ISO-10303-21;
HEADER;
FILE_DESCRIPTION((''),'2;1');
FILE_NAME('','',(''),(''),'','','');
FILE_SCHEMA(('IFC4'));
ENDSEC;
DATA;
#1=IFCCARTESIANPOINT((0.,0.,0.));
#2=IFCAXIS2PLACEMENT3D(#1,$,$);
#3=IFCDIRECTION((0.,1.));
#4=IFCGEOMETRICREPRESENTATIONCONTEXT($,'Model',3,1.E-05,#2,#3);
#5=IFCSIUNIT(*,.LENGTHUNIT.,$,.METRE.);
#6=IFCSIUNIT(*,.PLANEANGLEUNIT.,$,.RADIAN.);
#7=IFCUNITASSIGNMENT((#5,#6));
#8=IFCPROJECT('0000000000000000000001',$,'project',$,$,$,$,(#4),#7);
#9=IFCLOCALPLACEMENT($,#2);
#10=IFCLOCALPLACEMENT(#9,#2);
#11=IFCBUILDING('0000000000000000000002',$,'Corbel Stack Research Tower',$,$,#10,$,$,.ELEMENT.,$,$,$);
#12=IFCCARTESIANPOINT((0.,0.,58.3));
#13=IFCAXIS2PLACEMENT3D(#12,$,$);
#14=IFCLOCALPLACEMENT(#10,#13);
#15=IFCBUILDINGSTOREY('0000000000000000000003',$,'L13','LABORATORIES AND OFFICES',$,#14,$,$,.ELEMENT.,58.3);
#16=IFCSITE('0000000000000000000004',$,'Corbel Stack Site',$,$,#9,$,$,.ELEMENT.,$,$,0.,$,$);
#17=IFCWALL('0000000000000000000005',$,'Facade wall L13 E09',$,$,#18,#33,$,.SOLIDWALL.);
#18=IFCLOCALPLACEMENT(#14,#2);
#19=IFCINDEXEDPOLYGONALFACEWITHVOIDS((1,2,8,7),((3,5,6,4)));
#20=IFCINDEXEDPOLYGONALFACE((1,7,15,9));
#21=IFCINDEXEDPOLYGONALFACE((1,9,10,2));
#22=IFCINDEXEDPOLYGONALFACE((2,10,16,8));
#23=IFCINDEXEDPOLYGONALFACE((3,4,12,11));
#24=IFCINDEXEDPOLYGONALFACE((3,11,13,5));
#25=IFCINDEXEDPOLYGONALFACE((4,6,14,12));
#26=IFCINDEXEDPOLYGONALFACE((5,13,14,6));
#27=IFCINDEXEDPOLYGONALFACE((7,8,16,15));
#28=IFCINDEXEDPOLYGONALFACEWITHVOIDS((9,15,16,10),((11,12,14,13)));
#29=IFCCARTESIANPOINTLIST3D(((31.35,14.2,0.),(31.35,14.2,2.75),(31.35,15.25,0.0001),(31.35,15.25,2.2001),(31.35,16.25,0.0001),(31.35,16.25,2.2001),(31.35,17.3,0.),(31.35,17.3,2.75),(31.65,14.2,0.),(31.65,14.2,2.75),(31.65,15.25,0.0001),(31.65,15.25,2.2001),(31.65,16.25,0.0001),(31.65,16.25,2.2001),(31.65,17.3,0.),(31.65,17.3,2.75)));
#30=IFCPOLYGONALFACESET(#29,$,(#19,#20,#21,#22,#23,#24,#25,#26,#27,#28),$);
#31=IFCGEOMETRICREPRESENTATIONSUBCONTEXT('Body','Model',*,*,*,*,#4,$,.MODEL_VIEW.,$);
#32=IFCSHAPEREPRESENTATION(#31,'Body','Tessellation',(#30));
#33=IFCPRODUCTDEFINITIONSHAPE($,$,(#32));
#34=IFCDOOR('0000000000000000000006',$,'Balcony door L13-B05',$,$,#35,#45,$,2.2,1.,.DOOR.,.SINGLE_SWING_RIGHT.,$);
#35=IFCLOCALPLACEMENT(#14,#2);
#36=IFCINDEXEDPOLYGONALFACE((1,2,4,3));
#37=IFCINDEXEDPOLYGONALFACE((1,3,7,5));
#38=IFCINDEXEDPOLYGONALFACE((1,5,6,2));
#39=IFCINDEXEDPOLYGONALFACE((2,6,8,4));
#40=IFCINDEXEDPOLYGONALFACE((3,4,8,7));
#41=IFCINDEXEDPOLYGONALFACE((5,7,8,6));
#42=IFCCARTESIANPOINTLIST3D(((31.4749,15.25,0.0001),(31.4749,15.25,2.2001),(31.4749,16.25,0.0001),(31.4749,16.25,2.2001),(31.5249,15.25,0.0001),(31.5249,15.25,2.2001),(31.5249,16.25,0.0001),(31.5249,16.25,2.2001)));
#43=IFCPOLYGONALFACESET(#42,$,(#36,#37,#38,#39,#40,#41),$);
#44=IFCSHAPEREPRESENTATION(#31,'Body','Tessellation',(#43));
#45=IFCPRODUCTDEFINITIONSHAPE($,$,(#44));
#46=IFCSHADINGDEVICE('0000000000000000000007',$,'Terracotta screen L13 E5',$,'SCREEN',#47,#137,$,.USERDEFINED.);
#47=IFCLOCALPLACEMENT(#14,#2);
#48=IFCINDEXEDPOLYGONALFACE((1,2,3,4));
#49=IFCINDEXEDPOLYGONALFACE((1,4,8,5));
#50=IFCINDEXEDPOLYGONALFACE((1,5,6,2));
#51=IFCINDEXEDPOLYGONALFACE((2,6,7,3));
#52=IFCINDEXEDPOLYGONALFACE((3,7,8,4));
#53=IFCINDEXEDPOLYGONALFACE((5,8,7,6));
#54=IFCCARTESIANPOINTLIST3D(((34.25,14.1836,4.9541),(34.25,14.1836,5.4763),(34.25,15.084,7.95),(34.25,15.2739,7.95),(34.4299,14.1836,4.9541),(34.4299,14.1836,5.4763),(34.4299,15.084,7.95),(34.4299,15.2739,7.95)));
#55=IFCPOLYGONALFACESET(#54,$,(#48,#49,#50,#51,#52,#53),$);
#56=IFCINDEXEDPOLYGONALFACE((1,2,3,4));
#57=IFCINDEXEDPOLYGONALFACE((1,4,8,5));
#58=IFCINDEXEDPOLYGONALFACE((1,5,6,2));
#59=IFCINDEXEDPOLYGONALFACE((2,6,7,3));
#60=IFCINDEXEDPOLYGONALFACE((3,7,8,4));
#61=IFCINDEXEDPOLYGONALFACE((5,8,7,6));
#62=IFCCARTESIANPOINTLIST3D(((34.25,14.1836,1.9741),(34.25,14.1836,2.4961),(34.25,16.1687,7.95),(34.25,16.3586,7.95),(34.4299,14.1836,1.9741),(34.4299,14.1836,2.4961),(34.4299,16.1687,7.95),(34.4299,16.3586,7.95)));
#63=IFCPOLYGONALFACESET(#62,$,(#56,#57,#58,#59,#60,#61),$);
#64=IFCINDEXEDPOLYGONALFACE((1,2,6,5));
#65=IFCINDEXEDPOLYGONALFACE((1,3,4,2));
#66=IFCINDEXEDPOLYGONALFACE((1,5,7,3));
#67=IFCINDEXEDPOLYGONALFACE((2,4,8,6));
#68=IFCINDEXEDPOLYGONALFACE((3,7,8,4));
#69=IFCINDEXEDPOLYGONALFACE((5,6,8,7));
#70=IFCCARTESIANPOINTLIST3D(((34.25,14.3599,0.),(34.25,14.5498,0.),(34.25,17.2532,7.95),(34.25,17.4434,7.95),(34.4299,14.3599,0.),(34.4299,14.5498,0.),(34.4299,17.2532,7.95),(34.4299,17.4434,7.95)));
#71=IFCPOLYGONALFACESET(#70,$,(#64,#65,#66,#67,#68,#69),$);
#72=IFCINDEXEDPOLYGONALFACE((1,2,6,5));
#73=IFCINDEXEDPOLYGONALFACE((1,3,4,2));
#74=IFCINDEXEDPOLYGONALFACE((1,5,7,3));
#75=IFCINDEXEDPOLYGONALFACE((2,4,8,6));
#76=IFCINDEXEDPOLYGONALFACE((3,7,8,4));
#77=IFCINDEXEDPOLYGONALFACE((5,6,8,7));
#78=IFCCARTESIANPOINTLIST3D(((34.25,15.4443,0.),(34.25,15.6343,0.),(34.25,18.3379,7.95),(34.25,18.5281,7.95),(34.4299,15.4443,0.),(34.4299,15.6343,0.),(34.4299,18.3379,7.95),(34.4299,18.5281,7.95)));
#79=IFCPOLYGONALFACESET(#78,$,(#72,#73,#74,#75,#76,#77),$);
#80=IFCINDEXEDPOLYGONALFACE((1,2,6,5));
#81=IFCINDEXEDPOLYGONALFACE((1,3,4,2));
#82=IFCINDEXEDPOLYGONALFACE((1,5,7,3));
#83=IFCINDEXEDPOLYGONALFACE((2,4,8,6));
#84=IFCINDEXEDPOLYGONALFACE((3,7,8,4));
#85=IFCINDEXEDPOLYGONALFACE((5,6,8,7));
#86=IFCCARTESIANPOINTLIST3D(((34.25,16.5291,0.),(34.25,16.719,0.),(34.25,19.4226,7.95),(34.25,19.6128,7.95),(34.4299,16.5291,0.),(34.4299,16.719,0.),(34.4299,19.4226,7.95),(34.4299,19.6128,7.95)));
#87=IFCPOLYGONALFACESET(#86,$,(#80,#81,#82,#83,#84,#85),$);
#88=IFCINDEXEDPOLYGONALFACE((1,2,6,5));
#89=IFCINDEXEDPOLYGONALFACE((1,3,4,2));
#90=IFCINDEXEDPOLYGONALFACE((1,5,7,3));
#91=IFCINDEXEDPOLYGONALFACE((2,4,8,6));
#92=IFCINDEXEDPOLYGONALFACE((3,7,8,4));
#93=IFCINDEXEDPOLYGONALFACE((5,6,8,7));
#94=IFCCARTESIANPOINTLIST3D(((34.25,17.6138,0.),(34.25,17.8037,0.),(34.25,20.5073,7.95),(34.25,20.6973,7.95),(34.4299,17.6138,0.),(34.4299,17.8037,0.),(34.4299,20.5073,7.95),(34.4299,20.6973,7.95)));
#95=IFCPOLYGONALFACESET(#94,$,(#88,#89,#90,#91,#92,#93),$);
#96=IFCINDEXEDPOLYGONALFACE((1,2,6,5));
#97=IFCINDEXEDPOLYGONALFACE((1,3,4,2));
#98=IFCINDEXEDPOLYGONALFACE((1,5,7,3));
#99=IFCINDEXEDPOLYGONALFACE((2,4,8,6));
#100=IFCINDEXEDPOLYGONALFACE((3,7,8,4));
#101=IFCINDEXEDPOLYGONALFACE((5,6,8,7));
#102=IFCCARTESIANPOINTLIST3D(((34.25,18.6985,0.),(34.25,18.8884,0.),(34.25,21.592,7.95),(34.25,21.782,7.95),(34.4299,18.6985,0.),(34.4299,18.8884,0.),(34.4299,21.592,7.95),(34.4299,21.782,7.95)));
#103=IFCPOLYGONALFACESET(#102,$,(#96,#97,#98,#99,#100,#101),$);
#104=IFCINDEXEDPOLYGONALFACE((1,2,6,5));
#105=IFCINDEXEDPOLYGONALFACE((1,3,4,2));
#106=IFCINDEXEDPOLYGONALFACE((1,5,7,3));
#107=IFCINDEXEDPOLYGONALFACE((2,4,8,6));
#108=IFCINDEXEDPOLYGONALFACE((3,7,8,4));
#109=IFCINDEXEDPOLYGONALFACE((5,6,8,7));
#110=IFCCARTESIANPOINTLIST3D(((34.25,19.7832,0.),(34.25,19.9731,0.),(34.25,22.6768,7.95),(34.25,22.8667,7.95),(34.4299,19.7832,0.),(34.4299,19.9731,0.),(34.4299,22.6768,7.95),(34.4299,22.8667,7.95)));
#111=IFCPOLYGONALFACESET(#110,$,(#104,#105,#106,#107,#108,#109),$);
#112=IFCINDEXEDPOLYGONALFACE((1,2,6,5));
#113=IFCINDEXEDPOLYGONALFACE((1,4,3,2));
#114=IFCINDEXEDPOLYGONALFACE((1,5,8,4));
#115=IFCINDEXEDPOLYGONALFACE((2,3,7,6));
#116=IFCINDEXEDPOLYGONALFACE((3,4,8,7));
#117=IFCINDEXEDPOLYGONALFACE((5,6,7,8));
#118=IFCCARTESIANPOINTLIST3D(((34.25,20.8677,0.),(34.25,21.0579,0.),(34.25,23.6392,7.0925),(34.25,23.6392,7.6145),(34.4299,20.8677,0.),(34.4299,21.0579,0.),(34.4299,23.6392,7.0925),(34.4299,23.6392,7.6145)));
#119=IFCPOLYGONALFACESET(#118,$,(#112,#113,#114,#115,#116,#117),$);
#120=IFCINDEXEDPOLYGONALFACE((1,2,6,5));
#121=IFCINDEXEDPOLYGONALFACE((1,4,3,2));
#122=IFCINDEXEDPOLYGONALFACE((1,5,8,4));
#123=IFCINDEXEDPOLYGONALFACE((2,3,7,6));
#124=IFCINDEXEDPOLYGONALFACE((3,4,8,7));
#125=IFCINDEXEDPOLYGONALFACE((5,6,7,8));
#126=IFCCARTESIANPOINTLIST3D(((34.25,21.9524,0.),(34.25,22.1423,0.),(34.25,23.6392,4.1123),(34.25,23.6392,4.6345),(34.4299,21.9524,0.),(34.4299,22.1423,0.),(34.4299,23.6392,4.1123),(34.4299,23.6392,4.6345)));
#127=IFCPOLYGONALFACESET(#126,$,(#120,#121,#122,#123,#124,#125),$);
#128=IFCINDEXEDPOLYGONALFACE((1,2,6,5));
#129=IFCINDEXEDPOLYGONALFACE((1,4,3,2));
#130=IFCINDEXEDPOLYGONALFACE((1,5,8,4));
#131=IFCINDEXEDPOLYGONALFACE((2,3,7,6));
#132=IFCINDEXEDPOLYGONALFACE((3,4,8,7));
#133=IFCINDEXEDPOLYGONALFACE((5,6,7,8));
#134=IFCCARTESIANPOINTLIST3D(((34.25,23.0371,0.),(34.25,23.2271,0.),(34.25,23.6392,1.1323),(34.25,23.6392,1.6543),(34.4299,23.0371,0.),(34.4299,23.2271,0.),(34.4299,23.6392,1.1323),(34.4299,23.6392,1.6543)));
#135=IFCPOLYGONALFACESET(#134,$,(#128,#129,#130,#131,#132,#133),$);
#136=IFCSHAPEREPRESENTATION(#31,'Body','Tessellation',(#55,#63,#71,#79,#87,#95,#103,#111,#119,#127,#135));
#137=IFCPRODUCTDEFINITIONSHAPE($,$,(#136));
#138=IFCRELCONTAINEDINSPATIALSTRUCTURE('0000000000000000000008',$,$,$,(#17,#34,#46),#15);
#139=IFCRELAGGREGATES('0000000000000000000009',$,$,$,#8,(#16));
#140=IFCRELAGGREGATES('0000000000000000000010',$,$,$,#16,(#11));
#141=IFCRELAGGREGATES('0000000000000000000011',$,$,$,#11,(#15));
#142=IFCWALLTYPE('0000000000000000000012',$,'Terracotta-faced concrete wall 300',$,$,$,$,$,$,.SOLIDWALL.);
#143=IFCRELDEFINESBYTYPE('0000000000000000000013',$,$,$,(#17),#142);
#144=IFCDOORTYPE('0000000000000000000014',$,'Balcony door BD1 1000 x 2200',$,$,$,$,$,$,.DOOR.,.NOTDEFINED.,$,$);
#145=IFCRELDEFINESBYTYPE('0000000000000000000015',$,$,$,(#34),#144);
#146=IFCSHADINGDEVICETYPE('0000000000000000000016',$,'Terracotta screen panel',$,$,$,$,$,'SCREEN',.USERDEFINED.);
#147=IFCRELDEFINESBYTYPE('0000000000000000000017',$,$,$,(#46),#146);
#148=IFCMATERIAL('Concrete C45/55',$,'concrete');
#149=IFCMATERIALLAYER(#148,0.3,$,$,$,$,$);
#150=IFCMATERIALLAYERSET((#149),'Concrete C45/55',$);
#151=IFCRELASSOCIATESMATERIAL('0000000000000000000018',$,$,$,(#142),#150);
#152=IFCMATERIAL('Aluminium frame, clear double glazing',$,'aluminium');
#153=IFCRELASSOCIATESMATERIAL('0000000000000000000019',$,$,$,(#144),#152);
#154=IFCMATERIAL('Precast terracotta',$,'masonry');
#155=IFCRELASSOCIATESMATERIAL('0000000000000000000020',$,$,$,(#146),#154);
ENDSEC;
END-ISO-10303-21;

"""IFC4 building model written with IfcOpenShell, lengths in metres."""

from ifc_helpers import new_model, si_unit, direction, frame, frame_2d, origin, place, context, subcontext, project, spatial, polyline, rectangle, outline, extrude, source, transform, mapped, material, layer, layer_set, type_object, element, fill, save


model = new_model("IFC4")

# Units and contexts
model_context = context("Model", 3, precision=1e-05, world=origin(), true_north=direction((0.0, 1.0)))
body_context = subcontext(model_context, "Body", "Model", "MODEL_VIEW")
ifc_project = project(units=[si_unit("LENGTHUNIT", "METRE"), si_unit("PLANEANGLEUNIT", "RADIAN")], contexts=[model_context])

# Site, building, storey
site_placement = place(None, origin())
site = spatial("IfcSite", under=ifc_project, at=site_placement, Name="Corbel Stack Site", CompositionType="ELEMENT", RefElevation=0.0)
building_placement = place(site_placement, origin())
building = spatial("IfcBuilding", under=site, at=building_placement, Name="Corbel Stack Research Tower", CompositionType="ELEMENT")
storey_placement = place(building_placement, frame((0.0, 0.0, 58.3)))
storey = spatial("IfcBuildingStorey", under=building, at=storey_placement, Name="L13", Description="LABORATORIES AND OFFICES", CompositionType="ELEMENT", Elevation=58.3)

# Shared definitions
ifc_material_1 = material(Name="Concrete C45/55", Category="concrete")
ifc_layer_1 = layer(ifc_material_1, 0.3)
ifc_layer_set_1 = layer_set([ifc_layer_1], Name="Concrete C45/55")
wall_type_1 = type_object("IfcWallType", Name="Terracotta-faced concrete wall 300", PredefinedType="SOLIDWALL", material=ifc_layer_set_1)

# Wall, opening, door
wall_1_placement = place(storey_placement, frame((31.5, 17.3, 0.0), z_axis=(0.0, 0.0, 1.0), x_axis=(0.0, -1.0, 0.0)))
wall_1 = element("IfcWall", 1, at=wall_1_placement, inside=storey, type_object=wall_type_1, Name="Facade wall L13 E09", PredefinedType="SOLIDWALL", context=body_context, shape_type="SweptSolid", body=[
    extrude(rectangle(XDim=3.1001, YDim=0.3, at=frame_2d((1.55, 0.0))), origin(), (0.0, 0.0, 1.0), 2.75),
])
opening_1_placement = place(wall_1_placement, frame((1.05, 0.0, 0.0)))
opening_1 = element("IfcOpeningElement", 2, at=opening_1_placement, cuts=wall_1, PredefinedType="OPENING", context=body_context, shape_type="SweptSolid", body=[
    extrude(rectangle(XDim=1.0, YDim=2.2, at=frame_2d((0.5, 1.1001))), frame((0.0, 0.1599, 0.0), z_axis=(0.0, -1.0, 0.0), x_axis=(1.0, 0.0, 0.0)), (0.0, 0.0, 1.0), 0.3201),
])
ifc_material_2 = material(Name="Aluminium frame, clear double glazing", Category="aluminium")
door_type_1 = type_object("IfcDoorType", Name="Balcony door BD1 1000 x 2200", OperationType="NOTDEFINED", PredefinedType="DOOR", material=ifc_material_2)
door_1_placement = place(opening_1_placement, origin())
door_1 = element("IfcDoor", 3, at=door_1_placement, inside=storey, type_object=door_type_1, Name="Balcony door L13-B05", OperationType="SINGLE_SWING_RIGHT", OverallHeight=2.2, OverallWidth=1.0, PredefinedType="DOOR", context=body_context, shape_type="SweptSolid", body=[
    extrude(rectangle(XDim=1.0, YDim=2.2, at=frame_2d((0.5, 1.1001))), frame((0.0, 0.0249, 0.0), z_axis=(0.0, -1.0, 0.0), x_axis=(1.0, 0.0, 0.0)), (0.0, 0.0, 1.0), 0.05),
])
fill(opening_1, door_1)

# Shading device
ifc_material_3 = material(Name="Precast terracotta", Category="masonry")
shading_device_type = type_object("IfcShadingDeviceType", Name="Terracotta screen panel", ElementType="SCREEN", PredefinedType="USERDEFINED", material=ifc_material_3)
shared_shape_1 = source(origin(), body_context, "Body", "SweptSolid", [
    extrude(outline(polyline([(1.0903, 7.95), (0.9004, 7.95), (0.0, 5.4763), (0.0, 4.9541), (1.0903, 7.95)])), frame((0.0, 0.0, 0.0), z_axis=(0.0, -1.0, 0.0), x_axis=(1.0, 0.0, 0.0)), (0.0, 0.0, 1.0), 0.1799),
    extrude(outline(polyline([(2.175, 7.95), (1.9851, 7.95), (0.0, 2.4961), (0.0, 1.9741), (2.175, 7.95)])), frame((0.0, 0.0, 0.0), z_axis=(0.0, -1.0, 0.0), x_axis=(1.0, 0.0, 0.0)), (0.0, 0.0, 1.0), 0.1799),
    extrude(outline(polyline([(0.3662, 0.0), (3.2598, 7.95), (3.0696, 7.95), (0.1763, 0.0), (0.3662, 0.0)])), frame((0.0, 0.0, 0.0), z_axis=(0.0, -1.0, 0.0), x_axis=(1.0, 0.0, 0.0)), (0.0, 0.0, 1.0), 0.1799),
    extrude(outline(polyline([(1.4507, 0.0), (4.3445, 7.95), (4.1543, 7.95), (1.2607, 0.0), (1.4507, 0.0)])), frame((0.0, 0.0, 0.0), z_axis=(0.0, -1.0, 0.0), x_axis=(1.0, 0.0, 0.0)), (0.0, 0.0, 1.0), 0.1799),
    extrude(outline(polyline([(2.5354, 0.0), (5.4292, 7.95), (5.239, 7.95), (2.3455, 0.0), (2.5354, 0.0)])), frame((0.0, 0.0, 0.0), z_axis=(0.0, -1.0, 0.0), x_axis=(1.0, 0.0, 0.0)), (0.0, 0.0, 1.0), 0.1799),
    extrude(outline(polyline([(3.6201, 0.0), (6.5137, 7.95), (6.3237, 7.95), (3.4302, 0.0), (3.6201, 0.0)])), frame((0.0, 0.0, 0.0), z_axis=(0.0, -1.0, 0.0), x_axis=(1.0, 0.0, 0.0)), (0.0, 0.0, 1.0), 0.1799),
    extrude(outline(polyline([(4.7048, 0.0), (7.5984, 7.95), (7.4084, 7.95), (4.5149, 0.0), (4.7048, 0.0)])), frame((0.0, 0.0, 0.0), z_axis=(0.0, -1.0, 0.0), x_axis=(1.0, 0.0, 0.0)), (0.0, 0.0, 1.0), 0.1799),
    extrude(outline(polyline([(5.7896, 0.0), (8.6831, 7.95), (8.4932, 7.95), (5.5996, 0.0), (5.7896, 0.0)])), frame((0.0, 0.0, 0.0), z_axis=(0.0, -1.0, 0.0), x_axis=(1.0, 0.0, 0.0)), (0.0, 0.0, 1.0), 0.1799),
    extrude(outline(polyline([(6.8743, 0.0), (9.4556, 7.0925), (9.4556, 7.6145), (6.6841, 0.0), (6.8743, 0.0)])), frame((0.0, 0.0, 0.0), z_axis=(0.0, -1.0, 0.0), x_axis=(1.0, 0.0, 0.0)), (0.0, 0.0, 1.0), 0.1799),
    extrude(outline(polyline([(7.9587, 0.0), (9.4556, 4.1123), (9.4556, 4.6345), (7.7688, 0.0), (7.9587, 0.0)])), frame((0.0, 0.0, 0.0), z_axis=(0.0, -1.0, 0.0), x_axis=(1.0, 0.0, 0.0)), (0.0, 0.0, 1.0), 0.1799),
    extrude(outline(polyline([(9.0435, 0.0), (9.4556, 1.1323), (9.4556, 1.6543), (8.8535, 0.0), (9.0435, 0.0)])), frame((0.0, 0.0, 0.0), z_axis=(0.0, -1.0, 0.0), x_axis=(1.0, 0.0, 0.0)), (0.0, 0.0, 1.0), 0.1799),
])
shading_device_1_placement = place(storey_placement, frame((34.25, 14.1836, 0.0), z_axis=(0.0, 0.0, 1.0), x_axis=(0.0, 1.0, 0.0)))
element("IfcShadingDevice", 4, at=shading_device_1_placement, inside=storey, type_object=shading_device_type, Name="Terracotta screen L13 E5", ObjectType="SCREEN", PredefinedType="USERDEFINED", context=body_context, shape_type="MappedRepresentation", body=[
    mapped(shared_shape_1, transform((0.0, 0.0, 0.0))),
])

save(model, "model.ifc")
